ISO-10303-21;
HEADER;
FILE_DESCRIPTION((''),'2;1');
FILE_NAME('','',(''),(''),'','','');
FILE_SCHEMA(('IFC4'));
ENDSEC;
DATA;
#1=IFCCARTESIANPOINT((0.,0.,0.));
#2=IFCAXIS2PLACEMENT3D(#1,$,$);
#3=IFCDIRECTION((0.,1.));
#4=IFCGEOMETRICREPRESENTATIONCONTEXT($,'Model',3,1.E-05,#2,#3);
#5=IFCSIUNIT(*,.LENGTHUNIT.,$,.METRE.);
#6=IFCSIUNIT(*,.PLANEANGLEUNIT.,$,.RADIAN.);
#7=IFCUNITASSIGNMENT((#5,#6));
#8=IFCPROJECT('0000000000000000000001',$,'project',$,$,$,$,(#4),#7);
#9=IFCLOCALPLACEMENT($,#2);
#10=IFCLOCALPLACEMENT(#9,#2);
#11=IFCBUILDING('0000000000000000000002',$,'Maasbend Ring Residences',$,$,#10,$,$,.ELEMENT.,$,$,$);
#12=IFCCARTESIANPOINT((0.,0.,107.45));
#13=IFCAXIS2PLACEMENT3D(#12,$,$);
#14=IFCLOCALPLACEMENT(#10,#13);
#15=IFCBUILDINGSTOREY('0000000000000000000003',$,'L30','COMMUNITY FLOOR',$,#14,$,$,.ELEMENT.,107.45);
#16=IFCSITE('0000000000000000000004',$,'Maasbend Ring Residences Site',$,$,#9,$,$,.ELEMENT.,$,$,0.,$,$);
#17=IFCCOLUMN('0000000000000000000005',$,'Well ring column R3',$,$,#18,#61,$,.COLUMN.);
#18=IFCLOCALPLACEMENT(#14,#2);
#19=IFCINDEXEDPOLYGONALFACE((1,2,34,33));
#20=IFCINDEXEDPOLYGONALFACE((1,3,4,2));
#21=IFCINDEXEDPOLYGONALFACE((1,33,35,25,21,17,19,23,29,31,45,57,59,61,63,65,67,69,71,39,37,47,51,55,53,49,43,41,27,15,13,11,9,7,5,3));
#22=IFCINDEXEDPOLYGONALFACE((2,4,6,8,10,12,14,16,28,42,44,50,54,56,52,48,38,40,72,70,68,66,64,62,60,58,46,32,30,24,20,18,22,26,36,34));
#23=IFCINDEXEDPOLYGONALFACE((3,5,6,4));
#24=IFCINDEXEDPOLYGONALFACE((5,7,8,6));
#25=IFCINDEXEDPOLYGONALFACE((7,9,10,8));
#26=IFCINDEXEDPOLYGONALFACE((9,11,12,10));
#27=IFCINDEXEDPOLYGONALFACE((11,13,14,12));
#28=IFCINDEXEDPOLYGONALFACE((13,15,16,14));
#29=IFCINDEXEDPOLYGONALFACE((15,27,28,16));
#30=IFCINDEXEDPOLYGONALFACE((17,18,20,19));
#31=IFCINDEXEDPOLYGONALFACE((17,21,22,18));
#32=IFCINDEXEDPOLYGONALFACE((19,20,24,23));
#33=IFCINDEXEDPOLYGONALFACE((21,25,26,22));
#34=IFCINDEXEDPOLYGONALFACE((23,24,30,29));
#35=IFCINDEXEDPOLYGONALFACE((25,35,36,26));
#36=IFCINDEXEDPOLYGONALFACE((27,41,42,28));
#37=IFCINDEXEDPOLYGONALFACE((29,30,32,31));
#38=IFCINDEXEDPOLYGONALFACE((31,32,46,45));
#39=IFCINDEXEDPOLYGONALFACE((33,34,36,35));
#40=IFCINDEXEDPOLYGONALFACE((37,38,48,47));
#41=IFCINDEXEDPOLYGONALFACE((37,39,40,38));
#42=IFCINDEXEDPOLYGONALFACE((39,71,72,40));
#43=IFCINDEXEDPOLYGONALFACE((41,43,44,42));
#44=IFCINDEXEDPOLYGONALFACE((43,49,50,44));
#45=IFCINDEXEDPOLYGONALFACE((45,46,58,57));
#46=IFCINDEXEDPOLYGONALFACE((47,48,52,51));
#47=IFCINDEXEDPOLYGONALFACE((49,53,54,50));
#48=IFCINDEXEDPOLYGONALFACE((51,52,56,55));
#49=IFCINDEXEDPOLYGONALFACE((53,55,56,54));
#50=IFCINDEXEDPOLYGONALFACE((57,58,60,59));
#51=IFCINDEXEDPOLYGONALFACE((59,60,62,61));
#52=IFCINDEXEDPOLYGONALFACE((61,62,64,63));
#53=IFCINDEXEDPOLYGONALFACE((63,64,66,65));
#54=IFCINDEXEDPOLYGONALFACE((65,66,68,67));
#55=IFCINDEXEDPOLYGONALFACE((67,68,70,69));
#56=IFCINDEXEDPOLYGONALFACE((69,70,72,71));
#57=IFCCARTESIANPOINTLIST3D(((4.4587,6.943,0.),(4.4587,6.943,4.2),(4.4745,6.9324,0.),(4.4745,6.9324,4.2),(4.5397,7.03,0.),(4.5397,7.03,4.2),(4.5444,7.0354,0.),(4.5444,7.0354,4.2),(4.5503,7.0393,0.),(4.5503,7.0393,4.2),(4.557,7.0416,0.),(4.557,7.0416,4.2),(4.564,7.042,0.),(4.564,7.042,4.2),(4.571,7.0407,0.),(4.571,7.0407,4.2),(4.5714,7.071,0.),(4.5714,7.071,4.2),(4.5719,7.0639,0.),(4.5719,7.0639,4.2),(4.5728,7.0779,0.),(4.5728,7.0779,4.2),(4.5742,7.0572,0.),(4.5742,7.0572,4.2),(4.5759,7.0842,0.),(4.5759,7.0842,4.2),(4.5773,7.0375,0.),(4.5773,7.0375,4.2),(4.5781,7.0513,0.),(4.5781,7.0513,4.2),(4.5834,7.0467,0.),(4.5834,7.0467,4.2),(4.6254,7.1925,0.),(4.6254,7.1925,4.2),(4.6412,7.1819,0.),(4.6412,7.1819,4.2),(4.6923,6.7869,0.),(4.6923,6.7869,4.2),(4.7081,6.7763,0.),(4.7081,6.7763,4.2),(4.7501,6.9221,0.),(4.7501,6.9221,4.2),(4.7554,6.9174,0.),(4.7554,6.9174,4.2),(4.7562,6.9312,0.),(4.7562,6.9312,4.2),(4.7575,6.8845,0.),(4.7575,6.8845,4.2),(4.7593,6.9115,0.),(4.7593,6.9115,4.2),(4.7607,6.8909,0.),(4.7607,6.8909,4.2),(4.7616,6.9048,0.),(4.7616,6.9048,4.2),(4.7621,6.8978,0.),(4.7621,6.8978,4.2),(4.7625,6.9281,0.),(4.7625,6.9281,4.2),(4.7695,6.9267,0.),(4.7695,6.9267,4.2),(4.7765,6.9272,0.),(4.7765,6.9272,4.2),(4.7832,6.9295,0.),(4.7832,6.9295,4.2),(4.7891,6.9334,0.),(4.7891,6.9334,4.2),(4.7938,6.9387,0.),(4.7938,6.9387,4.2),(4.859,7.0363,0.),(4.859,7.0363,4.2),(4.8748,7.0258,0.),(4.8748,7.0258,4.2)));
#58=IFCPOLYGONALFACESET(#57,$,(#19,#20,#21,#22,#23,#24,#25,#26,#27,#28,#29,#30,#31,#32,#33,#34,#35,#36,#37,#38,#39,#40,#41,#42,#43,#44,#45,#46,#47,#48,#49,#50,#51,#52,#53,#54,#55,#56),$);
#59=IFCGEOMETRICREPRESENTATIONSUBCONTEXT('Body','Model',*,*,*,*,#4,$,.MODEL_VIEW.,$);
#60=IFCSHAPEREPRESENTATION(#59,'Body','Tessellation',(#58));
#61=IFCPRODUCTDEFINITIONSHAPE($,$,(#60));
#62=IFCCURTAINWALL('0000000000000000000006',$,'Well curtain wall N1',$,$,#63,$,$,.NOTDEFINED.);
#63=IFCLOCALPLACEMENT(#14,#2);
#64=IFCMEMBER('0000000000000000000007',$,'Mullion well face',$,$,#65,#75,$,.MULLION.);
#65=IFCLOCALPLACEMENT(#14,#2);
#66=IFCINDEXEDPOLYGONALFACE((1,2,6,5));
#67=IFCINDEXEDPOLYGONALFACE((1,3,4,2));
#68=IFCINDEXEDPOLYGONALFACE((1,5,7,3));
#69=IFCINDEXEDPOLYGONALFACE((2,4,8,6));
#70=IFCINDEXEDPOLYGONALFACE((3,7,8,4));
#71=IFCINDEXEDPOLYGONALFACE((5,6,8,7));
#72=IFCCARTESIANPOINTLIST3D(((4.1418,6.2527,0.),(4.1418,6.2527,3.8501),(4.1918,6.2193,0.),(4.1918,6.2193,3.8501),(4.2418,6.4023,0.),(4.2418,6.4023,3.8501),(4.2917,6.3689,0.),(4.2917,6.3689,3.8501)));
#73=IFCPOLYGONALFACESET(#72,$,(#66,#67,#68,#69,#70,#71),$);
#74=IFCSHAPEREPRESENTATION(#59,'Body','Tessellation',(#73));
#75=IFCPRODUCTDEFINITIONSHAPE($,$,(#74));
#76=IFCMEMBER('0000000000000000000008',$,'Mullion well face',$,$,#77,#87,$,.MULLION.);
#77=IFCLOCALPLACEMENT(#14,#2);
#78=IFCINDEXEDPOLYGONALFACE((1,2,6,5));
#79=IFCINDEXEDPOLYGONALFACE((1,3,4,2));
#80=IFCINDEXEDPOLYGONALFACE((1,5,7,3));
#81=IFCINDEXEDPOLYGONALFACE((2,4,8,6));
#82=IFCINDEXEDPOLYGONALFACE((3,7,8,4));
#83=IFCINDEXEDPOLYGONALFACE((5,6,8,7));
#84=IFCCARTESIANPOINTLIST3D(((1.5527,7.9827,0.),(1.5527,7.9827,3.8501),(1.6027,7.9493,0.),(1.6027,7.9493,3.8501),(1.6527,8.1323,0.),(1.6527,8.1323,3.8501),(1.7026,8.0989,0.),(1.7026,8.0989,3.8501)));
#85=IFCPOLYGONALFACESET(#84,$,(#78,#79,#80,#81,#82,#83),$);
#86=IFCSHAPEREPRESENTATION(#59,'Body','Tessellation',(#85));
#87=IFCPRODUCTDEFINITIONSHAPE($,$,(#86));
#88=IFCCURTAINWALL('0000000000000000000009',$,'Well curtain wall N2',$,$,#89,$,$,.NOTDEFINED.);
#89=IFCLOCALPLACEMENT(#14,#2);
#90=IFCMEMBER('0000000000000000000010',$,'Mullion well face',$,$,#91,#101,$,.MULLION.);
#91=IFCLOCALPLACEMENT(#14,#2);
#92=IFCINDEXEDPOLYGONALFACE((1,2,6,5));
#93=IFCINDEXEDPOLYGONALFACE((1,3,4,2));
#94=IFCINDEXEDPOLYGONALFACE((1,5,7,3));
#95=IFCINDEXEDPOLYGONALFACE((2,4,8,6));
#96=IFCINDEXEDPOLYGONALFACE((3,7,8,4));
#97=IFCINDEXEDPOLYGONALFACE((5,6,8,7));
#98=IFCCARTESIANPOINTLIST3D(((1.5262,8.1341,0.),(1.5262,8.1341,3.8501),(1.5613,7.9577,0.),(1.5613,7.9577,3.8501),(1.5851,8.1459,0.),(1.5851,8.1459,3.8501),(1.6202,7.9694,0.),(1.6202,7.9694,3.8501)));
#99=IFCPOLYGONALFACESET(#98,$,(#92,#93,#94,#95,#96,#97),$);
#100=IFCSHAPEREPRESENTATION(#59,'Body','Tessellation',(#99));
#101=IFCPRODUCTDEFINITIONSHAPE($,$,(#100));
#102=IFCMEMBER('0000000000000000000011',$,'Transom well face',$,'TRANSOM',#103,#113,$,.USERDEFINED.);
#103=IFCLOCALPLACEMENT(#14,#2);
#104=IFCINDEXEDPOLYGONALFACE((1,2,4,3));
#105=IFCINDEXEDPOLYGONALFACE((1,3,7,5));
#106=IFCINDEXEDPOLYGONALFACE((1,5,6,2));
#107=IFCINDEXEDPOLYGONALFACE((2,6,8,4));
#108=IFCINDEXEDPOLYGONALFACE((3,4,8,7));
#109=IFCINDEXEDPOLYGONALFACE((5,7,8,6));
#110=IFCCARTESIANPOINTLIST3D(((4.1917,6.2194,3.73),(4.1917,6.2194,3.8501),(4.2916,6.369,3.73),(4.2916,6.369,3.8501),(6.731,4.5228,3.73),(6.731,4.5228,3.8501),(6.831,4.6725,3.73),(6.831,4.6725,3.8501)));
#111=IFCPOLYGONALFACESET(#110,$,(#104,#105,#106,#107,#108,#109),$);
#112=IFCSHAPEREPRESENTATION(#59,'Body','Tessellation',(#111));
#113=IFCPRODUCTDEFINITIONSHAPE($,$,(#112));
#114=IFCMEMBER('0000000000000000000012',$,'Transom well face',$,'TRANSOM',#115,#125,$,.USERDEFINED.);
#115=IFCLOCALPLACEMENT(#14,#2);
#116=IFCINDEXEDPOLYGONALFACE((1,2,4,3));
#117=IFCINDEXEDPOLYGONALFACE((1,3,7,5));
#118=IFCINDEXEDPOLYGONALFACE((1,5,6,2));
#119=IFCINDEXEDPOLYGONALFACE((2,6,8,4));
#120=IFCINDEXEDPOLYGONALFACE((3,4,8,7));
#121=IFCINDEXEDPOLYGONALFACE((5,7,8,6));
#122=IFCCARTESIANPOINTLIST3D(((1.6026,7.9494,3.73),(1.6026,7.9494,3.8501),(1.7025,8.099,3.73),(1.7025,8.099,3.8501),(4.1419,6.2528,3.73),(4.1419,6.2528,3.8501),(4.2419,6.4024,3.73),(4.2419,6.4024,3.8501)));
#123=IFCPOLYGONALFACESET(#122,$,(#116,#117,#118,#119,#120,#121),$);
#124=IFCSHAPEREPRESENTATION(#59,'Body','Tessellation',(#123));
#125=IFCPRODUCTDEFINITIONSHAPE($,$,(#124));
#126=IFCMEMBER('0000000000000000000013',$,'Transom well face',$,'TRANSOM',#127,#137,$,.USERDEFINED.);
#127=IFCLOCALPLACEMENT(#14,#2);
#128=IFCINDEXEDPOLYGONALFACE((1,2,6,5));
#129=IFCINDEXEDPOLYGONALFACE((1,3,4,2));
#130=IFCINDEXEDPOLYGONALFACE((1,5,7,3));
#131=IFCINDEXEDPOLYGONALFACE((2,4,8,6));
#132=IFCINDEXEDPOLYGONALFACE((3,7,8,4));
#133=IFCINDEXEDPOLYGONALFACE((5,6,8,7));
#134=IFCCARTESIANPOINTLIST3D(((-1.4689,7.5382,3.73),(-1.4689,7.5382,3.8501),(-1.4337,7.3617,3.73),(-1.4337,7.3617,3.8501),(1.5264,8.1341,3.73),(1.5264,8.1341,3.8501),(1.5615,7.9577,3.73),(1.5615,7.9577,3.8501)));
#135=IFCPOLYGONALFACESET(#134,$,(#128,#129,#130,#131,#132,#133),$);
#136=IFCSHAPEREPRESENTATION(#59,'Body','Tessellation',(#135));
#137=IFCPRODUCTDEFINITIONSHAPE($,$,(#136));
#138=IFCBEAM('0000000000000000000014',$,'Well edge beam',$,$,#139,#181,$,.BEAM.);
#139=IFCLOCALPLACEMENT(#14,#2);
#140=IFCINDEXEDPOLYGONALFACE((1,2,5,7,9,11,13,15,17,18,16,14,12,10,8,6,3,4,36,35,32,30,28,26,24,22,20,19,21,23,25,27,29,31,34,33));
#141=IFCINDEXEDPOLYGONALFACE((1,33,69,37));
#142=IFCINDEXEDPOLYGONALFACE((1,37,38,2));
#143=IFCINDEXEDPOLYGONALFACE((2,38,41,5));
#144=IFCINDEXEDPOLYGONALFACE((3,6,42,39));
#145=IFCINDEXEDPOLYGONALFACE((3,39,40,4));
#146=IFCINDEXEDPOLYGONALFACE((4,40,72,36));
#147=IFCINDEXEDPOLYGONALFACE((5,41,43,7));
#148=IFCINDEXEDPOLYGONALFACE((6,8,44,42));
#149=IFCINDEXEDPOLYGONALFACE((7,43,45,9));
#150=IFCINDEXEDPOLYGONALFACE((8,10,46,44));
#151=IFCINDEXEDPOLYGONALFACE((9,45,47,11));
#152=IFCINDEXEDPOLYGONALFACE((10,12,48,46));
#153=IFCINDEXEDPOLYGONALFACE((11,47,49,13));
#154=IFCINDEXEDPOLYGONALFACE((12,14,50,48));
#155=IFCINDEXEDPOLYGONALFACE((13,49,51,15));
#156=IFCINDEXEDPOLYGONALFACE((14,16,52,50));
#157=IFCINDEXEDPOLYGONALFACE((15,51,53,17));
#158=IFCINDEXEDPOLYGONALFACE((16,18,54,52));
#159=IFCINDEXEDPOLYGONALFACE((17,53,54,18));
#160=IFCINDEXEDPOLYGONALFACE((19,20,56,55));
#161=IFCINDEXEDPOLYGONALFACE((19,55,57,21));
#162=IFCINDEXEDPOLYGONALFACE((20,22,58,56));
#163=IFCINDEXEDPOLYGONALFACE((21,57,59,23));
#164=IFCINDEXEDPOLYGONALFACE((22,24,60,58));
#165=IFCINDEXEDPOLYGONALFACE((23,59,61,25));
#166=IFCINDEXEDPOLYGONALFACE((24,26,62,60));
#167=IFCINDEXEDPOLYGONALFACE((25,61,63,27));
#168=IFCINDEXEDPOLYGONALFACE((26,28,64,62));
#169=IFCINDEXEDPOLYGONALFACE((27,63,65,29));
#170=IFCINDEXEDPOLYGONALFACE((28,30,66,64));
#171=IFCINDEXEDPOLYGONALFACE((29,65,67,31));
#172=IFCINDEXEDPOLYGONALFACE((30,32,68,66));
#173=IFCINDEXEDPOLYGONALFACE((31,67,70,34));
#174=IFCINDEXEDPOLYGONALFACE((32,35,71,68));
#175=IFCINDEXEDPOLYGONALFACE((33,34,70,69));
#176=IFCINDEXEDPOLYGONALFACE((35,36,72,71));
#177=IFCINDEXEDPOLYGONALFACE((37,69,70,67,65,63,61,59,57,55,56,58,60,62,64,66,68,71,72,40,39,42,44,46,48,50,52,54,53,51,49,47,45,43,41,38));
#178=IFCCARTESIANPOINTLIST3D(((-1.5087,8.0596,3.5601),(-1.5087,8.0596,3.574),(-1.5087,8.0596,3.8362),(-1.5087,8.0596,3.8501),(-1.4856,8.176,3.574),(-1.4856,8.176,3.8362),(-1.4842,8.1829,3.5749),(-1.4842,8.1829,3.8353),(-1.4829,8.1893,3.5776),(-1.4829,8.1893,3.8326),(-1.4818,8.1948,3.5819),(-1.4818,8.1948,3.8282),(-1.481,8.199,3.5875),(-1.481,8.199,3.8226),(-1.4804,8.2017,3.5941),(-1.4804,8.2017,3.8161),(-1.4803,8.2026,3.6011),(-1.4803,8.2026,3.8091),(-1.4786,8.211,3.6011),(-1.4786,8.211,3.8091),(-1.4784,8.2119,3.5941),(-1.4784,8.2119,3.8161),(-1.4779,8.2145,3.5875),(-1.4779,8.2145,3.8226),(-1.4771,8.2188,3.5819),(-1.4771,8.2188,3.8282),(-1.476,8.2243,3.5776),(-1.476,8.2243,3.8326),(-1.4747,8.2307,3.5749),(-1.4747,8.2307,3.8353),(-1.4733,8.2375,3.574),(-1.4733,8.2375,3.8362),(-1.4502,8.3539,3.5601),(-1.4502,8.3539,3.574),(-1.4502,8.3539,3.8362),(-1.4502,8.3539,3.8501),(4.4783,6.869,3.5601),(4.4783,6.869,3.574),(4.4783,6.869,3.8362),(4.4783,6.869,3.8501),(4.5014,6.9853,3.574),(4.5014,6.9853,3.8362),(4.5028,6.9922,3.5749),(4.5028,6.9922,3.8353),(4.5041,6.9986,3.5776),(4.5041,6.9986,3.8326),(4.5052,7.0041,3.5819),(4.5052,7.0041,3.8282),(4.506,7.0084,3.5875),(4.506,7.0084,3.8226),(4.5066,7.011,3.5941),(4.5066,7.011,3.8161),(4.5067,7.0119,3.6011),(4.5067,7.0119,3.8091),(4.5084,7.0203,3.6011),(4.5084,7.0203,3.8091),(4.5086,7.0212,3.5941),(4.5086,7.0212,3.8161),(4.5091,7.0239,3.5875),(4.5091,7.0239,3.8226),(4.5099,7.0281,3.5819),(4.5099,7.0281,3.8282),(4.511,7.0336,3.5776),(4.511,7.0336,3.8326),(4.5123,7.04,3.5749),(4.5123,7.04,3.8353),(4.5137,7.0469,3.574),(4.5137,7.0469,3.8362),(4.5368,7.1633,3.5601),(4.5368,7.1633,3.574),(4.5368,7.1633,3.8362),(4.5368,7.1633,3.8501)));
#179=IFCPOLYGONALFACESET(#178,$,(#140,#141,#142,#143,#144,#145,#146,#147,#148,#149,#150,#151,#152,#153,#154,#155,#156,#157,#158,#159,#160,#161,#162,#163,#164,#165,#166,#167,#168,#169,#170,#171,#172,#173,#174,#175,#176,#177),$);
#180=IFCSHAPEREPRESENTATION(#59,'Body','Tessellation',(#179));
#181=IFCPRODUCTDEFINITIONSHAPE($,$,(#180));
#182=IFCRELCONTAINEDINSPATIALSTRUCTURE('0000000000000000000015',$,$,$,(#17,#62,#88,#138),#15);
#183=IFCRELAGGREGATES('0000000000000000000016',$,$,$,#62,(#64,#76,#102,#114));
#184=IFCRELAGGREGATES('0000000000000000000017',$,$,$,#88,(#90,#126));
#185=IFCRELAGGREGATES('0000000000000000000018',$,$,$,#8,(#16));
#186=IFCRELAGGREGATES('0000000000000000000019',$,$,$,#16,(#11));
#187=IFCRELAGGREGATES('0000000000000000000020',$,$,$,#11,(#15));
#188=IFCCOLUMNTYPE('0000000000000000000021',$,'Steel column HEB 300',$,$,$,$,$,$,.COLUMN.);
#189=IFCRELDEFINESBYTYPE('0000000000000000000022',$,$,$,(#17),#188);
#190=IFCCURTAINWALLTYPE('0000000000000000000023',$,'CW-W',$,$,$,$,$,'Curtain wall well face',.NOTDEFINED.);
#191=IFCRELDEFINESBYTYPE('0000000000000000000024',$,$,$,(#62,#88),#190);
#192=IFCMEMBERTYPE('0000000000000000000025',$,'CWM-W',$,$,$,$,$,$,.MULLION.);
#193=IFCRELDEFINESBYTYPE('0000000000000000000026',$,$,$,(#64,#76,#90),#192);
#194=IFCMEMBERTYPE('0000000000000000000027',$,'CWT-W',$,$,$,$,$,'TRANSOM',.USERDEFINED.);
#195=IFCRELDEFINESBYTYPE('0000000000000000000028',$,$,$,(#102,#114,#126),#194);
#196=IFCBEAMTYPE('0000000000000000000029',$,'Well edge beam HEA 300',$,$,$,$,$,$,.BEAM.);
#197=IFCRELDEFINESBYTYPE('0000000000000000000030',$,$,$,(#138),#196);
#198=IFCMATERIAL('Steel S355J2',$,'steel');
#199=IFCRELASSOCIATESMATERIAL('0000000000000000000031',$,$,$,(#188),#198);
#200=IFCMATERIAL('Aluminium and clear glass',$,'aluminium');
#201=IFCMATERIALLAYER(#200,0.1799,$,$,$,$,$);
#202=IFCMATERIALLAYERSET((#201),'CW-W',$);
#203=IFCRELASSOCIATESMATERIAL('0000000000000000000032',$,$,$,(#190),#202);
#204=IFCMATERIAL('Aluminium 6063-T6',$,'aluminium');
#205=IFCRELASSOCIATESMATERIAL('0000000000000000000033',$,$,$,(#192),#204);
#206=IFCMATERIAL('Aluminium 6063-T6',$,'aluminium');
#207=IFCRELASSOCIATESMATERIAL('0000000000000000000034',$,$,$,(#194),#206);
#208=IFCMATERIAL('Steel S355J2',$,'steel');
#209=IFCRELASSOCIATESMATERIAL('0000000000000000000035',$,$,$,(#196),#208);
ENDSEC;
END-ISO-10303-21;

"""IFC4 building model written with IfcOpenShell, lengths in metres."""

from ifc_helpers import new_model, si_unit, direction, frame, origin, origin_2d, place, context, subcontext, project, spatial, rectangle, i_section, extrude, material, layer, layer_set, material_profile, profile_set, type_object, element, aggregate, save


model = new_model("IFC4")

# Units and contexts
model_context = context("Model", 3, precision=1e-05, world=origin(), true_north=direction((0.0, 1.0)))
body_context = subcontext(model_context, "Body", "Model", "MODEL_VIEW")
ifc_project = project(units=[si_unit("LENGTHUNIT", "METRE"), si_unit("PLANEANGLEUNIT", "RADIAN")], contexts=[model_context])

# Site, building, storey
site_placement = place(None, origin())
site = spatial("IfcSite", under=ifc_project, at=site_placement, Name="Maasbend Ring Residences Site", CompositionType="ELEMENT", RefElevation=0.0)
building_placement = place(site_placement, origin())
building = spatial("IfcBuilding", under=site, at=building_placement, Name="Maasbend Ring Residences", CompositionType="ELEMENT")
storey_placement = place(building_placement, frame((0.0, 0.0, 107.45)))
storey = spatial("IfcBuildingStorey", under=building, at=storey_placement, Name="L30", Description="COMMUNITY FLOOR", CompositionType="ELEMENT", Elevation=107.45)

# Column
ifc_material_1 = material(Name="Steel S355J2", Category="steel")
ifc_material_profile_1 = material_profile(ifc_material_1, i_section(OverallWidth=0.3, OverallDepth=0.3, WebThickness=0.011, FlangeThickness=0.019, FilletRadius=0.0271, at=origin_2d()), Name="HEB 300")
ifc_profile_set_1 = profile_set([ifc_material_profile_1], Name="Steel S355J2")
column_type = type_object("IfcColumnType", Name="Steel column HEB 300", PredefinedType="COLUMN", material=ifc_profile_set_1)
column_placement = place(storey_placement, frame((4.6667, 6.9844, 0.0), z_axis=(0.0, 0.0, 1.0), x_axis=(0.55557, 0.83147, 0.0)))
element("IfcColumn", 1, at=column_placement, inside=storey, type_object=column_type, Name="Well ring column R3", PredefinedType="COLUMN", context=body_context, shape_type="SweptSolid", body=[
    extrude(i_section(OverallWidth=0.3, OverallDepth=0.3, WebThickness=0.011, FlangeThickness=0.019, FilletRadius=0.0271, at=origin_2d()), origin(), (0.0, 0.0, 1.0), 4.2),
])

# Curtain wall, members
ifc_material_2 = material(Name="Aluminium and clear glass", Category="aluminium")
ifc_layer_1 = layer(ifc_material_2, 0.1799)
ifc_layer_set_1 = layer_set([ifc_layer_1], Name="CW-W")
curtain_wall_type = type_object("IfcCurtainWallType", Name="CW-W", ElementType="Curtain wall well face", PredefinedType="NOTDEFINED", material=ifc_layer_set_1)
curtain_wall_1_placement = place(storey_placement, origin())
curtain_wall_1 = element("IfcCurtainWall", 2, at=curtain_wall_1_placement, inside=storey, type_object=curtain_wall_type, Name="Well curtain wall N1", PredefinedType="NOTDEFINED")
ifc_material_3 = material(Name="Aluminium 6063-T6", Category="aluminium")
ifc_material_profile_2 = material_profile(ifc_material_3, rectangle(XDim=0.1799, YDim=0.0601, at=origin_2d()), Name="AL 180x60")
ifc_profile_set_2 = profile_set([ifc_material_profile_2], Name="Aluminium 6063-T6")
member_type_1 = type_object("IfcMemberType", Name="CWM-W", PredefinedType="MULLION", material=ifc_profile_set_2)
member_1_placement = place(storey_placement, frame((4.2168, 6.3108, 0.0), z_axis=(0.0, 0.0, 1.0), x_axis=(-0.55557, -0.83147, 0.0)))
member_1 = element("IfcMember", 3, at=member_1_placement, type_object=member_type_1, Name="Mullion well face", PredefinedType="MULLION", context=body_context, shape_type="SweptSolid", body=[
    extrude(rectangle(XDim=0.1799, YDim=0.0601, at=origin_2d()), origin(), (0.0, 0.0, 1.0), 3.8501),
])
member_2_placement = place(storey_placement, frame((1.6277, 8.0408, 0.0), z_axis=(0.0, 0.0, 1.0), x_axis=(-0.55557, -0.83147, 0.0)))
member_2 = element("IfcMember", 4, at=member_2_placement, type_object=member_type_1, Name="Mullion well face", PredefinedType="MULLION", context=body_context, shape_type="SweptSolid", body=[
    extrude(rectangle(XDim=0.1799, YDim=0.0601, at=origin_2d()), origin(), (0.0, 0.0, 1.0), 3.8501),
])

# Curtain wall, member
curtain_wall_2_placement = place(storey_placement, origin())
curtain_wall_2 = element("IfcCurtainWall", 5, at=curtain_wall_2_placement, inside=storey, type_object=curtain_wall_type, Name="Well curtain wall N2", PredefinedType="NOTDEFINED")
member_3_placement = place(storey_placement, frame((1.5732, 8.0518, 0.0), z_axis=(0.0, 0.0, 1.0), x_axis=(0.19509, -0.980785, 0.0)))
member_3 = element("IfcMember", 6, at=member_3_placement, type_object=member_type_1, Name="Mullion well face", PredefinedType="MULLION", context=body_context, shape_type="SweptSolid", body=[
    extrude(rectangle(XDim=0.1799, YDim=0.0601, at=origin_2d()), origin(), (0.0, 0.0, 1.0), 3.8501),
])

# Members
ifc_material_4 = material(Name="Aluminium 6063-T6", Category="aluminium")
ifc_material_profile_3 = material_profile(ifc_material_4, rectangle(XDim=0.1799, YDim=0.1201, at=origin_2d()), Name="AL 180x120")
ifc_profile_set_3 = profile_set([ifc_material_profile_3], Name="Aluminium 6063-T6")
member_type_2 = type_object("IfcMemberType", Name="CWT-W", ElementType="TRANSOM", PredefinedType="USERDEFINED", material=ifc_profile_set_3)
member_4_placement = place(storey_placement, frame((6.781, 4.5977, 3.79), z_axis=(-0.831496, 0.55553, 0.0), x_axis=(-0.55553, -0.831496, 0.0)))
member_4 = element("IfcMember", 7, at=member_4_placement, type_object=member_type_2, Name="Transom well face", ObjectType="TRANSOM", PredefinedType="USERDEFINED", context=body_context, shape_type="SweptSolid", body=[
    extrude(rectangle(XDim=0.1799, YDim=0.1201, at=origin_2d()), origin(), (0.0, 0.0, 1.0), 3.054),
])
member_5_placement = place(storey_placement, frame((4.1919, 6.3276, 3.79), z_axis=(-0.831496, 0.55553, 0.0), x_axis=(-0.55553, -0.831496, 0.0)))
member_5 = element("IfcMember", 8, at=member_5_placement, type_object=member_type_2, Name="Transom well face", ObjectType="TRANSOM", PredefinedType="USERDEFINED", context=body_context, shape_type="SweptSolid", body=[
    extrude(rectangle(XDim=0.1799, YDim=0.1201, at=origin_2d()), origin(), (0.0, 0.0, 1.0), 3.054),
])
member_6_placement = place(storey_placement, frame((1.5439, 8.0459, 3.79), z_axis=(-0.980777, -0.195132, 0.0), x_axis=(0.195132, -0.980777, 0.0)))
member_6 = element("IfcMember", 9, at=member_6_placement, type_object=member_type_2, Name="Transom well face", ObjectType="TRANSOM", PredefinedType="USERDEFINED", context=body_context, shape_type="SweptSolid", body=[
    extrude(rectangle(XDim=0.1799, YDim=0.1201, at=origin_2d()), origin(), (0.0, 0.0, 1.0), 3.054),
])

# Beam
ifc_material_5 = material(Name="Steel S355J2", Category="steel")
ifc_material_profile_4 = material_profile(ifc_material_5, i_section(OverallWidth=0.3, OverallDepth=0.29, WebThickness=0.0085, FlangeThickness=0.0139, FilletRadius=0.0271, at=origin_2d()), Name="HEA 300")
ifc_profile_set_4 = profile_set([ifc_material_profile_4], Name="Steel S355J2")
beam_type = type_object("IfcBeamType", Name="Well edge beam HEA 300", PredefinedType="BEAM", material=ifc_profile_set_4)
beam_placement = place(storey_placement, frame((4.5076, 7.0161, 3.7051), z_axis=(-0.980792, 0.195055, 0.0), x_axis=(-0.195055, -0.980792, 0.0)))
element("IfcBeam", 10, at=beam_placement, inside=storey, type_object=beam_type, Name="Well edge beam", PredefinedType="BEAM", context=body_context, shape_type="SweptSolid", body=[
    extrude(i_section(OverallWidth=0.3, OverallDepth=0.29, WebThickness=0.0085, FlangeThickness=0.0139, FilletRadius=0.0271, at=origin_2d()), origin(), (0.0, 0.0, 1.0), 6.1042),
])

aggregate(curtain_wall_1, [member_1, member_2, member_4, member_5])
aggregate(curtain_wall_2, [member_3, member_6])

save(model, "model.ifc")
